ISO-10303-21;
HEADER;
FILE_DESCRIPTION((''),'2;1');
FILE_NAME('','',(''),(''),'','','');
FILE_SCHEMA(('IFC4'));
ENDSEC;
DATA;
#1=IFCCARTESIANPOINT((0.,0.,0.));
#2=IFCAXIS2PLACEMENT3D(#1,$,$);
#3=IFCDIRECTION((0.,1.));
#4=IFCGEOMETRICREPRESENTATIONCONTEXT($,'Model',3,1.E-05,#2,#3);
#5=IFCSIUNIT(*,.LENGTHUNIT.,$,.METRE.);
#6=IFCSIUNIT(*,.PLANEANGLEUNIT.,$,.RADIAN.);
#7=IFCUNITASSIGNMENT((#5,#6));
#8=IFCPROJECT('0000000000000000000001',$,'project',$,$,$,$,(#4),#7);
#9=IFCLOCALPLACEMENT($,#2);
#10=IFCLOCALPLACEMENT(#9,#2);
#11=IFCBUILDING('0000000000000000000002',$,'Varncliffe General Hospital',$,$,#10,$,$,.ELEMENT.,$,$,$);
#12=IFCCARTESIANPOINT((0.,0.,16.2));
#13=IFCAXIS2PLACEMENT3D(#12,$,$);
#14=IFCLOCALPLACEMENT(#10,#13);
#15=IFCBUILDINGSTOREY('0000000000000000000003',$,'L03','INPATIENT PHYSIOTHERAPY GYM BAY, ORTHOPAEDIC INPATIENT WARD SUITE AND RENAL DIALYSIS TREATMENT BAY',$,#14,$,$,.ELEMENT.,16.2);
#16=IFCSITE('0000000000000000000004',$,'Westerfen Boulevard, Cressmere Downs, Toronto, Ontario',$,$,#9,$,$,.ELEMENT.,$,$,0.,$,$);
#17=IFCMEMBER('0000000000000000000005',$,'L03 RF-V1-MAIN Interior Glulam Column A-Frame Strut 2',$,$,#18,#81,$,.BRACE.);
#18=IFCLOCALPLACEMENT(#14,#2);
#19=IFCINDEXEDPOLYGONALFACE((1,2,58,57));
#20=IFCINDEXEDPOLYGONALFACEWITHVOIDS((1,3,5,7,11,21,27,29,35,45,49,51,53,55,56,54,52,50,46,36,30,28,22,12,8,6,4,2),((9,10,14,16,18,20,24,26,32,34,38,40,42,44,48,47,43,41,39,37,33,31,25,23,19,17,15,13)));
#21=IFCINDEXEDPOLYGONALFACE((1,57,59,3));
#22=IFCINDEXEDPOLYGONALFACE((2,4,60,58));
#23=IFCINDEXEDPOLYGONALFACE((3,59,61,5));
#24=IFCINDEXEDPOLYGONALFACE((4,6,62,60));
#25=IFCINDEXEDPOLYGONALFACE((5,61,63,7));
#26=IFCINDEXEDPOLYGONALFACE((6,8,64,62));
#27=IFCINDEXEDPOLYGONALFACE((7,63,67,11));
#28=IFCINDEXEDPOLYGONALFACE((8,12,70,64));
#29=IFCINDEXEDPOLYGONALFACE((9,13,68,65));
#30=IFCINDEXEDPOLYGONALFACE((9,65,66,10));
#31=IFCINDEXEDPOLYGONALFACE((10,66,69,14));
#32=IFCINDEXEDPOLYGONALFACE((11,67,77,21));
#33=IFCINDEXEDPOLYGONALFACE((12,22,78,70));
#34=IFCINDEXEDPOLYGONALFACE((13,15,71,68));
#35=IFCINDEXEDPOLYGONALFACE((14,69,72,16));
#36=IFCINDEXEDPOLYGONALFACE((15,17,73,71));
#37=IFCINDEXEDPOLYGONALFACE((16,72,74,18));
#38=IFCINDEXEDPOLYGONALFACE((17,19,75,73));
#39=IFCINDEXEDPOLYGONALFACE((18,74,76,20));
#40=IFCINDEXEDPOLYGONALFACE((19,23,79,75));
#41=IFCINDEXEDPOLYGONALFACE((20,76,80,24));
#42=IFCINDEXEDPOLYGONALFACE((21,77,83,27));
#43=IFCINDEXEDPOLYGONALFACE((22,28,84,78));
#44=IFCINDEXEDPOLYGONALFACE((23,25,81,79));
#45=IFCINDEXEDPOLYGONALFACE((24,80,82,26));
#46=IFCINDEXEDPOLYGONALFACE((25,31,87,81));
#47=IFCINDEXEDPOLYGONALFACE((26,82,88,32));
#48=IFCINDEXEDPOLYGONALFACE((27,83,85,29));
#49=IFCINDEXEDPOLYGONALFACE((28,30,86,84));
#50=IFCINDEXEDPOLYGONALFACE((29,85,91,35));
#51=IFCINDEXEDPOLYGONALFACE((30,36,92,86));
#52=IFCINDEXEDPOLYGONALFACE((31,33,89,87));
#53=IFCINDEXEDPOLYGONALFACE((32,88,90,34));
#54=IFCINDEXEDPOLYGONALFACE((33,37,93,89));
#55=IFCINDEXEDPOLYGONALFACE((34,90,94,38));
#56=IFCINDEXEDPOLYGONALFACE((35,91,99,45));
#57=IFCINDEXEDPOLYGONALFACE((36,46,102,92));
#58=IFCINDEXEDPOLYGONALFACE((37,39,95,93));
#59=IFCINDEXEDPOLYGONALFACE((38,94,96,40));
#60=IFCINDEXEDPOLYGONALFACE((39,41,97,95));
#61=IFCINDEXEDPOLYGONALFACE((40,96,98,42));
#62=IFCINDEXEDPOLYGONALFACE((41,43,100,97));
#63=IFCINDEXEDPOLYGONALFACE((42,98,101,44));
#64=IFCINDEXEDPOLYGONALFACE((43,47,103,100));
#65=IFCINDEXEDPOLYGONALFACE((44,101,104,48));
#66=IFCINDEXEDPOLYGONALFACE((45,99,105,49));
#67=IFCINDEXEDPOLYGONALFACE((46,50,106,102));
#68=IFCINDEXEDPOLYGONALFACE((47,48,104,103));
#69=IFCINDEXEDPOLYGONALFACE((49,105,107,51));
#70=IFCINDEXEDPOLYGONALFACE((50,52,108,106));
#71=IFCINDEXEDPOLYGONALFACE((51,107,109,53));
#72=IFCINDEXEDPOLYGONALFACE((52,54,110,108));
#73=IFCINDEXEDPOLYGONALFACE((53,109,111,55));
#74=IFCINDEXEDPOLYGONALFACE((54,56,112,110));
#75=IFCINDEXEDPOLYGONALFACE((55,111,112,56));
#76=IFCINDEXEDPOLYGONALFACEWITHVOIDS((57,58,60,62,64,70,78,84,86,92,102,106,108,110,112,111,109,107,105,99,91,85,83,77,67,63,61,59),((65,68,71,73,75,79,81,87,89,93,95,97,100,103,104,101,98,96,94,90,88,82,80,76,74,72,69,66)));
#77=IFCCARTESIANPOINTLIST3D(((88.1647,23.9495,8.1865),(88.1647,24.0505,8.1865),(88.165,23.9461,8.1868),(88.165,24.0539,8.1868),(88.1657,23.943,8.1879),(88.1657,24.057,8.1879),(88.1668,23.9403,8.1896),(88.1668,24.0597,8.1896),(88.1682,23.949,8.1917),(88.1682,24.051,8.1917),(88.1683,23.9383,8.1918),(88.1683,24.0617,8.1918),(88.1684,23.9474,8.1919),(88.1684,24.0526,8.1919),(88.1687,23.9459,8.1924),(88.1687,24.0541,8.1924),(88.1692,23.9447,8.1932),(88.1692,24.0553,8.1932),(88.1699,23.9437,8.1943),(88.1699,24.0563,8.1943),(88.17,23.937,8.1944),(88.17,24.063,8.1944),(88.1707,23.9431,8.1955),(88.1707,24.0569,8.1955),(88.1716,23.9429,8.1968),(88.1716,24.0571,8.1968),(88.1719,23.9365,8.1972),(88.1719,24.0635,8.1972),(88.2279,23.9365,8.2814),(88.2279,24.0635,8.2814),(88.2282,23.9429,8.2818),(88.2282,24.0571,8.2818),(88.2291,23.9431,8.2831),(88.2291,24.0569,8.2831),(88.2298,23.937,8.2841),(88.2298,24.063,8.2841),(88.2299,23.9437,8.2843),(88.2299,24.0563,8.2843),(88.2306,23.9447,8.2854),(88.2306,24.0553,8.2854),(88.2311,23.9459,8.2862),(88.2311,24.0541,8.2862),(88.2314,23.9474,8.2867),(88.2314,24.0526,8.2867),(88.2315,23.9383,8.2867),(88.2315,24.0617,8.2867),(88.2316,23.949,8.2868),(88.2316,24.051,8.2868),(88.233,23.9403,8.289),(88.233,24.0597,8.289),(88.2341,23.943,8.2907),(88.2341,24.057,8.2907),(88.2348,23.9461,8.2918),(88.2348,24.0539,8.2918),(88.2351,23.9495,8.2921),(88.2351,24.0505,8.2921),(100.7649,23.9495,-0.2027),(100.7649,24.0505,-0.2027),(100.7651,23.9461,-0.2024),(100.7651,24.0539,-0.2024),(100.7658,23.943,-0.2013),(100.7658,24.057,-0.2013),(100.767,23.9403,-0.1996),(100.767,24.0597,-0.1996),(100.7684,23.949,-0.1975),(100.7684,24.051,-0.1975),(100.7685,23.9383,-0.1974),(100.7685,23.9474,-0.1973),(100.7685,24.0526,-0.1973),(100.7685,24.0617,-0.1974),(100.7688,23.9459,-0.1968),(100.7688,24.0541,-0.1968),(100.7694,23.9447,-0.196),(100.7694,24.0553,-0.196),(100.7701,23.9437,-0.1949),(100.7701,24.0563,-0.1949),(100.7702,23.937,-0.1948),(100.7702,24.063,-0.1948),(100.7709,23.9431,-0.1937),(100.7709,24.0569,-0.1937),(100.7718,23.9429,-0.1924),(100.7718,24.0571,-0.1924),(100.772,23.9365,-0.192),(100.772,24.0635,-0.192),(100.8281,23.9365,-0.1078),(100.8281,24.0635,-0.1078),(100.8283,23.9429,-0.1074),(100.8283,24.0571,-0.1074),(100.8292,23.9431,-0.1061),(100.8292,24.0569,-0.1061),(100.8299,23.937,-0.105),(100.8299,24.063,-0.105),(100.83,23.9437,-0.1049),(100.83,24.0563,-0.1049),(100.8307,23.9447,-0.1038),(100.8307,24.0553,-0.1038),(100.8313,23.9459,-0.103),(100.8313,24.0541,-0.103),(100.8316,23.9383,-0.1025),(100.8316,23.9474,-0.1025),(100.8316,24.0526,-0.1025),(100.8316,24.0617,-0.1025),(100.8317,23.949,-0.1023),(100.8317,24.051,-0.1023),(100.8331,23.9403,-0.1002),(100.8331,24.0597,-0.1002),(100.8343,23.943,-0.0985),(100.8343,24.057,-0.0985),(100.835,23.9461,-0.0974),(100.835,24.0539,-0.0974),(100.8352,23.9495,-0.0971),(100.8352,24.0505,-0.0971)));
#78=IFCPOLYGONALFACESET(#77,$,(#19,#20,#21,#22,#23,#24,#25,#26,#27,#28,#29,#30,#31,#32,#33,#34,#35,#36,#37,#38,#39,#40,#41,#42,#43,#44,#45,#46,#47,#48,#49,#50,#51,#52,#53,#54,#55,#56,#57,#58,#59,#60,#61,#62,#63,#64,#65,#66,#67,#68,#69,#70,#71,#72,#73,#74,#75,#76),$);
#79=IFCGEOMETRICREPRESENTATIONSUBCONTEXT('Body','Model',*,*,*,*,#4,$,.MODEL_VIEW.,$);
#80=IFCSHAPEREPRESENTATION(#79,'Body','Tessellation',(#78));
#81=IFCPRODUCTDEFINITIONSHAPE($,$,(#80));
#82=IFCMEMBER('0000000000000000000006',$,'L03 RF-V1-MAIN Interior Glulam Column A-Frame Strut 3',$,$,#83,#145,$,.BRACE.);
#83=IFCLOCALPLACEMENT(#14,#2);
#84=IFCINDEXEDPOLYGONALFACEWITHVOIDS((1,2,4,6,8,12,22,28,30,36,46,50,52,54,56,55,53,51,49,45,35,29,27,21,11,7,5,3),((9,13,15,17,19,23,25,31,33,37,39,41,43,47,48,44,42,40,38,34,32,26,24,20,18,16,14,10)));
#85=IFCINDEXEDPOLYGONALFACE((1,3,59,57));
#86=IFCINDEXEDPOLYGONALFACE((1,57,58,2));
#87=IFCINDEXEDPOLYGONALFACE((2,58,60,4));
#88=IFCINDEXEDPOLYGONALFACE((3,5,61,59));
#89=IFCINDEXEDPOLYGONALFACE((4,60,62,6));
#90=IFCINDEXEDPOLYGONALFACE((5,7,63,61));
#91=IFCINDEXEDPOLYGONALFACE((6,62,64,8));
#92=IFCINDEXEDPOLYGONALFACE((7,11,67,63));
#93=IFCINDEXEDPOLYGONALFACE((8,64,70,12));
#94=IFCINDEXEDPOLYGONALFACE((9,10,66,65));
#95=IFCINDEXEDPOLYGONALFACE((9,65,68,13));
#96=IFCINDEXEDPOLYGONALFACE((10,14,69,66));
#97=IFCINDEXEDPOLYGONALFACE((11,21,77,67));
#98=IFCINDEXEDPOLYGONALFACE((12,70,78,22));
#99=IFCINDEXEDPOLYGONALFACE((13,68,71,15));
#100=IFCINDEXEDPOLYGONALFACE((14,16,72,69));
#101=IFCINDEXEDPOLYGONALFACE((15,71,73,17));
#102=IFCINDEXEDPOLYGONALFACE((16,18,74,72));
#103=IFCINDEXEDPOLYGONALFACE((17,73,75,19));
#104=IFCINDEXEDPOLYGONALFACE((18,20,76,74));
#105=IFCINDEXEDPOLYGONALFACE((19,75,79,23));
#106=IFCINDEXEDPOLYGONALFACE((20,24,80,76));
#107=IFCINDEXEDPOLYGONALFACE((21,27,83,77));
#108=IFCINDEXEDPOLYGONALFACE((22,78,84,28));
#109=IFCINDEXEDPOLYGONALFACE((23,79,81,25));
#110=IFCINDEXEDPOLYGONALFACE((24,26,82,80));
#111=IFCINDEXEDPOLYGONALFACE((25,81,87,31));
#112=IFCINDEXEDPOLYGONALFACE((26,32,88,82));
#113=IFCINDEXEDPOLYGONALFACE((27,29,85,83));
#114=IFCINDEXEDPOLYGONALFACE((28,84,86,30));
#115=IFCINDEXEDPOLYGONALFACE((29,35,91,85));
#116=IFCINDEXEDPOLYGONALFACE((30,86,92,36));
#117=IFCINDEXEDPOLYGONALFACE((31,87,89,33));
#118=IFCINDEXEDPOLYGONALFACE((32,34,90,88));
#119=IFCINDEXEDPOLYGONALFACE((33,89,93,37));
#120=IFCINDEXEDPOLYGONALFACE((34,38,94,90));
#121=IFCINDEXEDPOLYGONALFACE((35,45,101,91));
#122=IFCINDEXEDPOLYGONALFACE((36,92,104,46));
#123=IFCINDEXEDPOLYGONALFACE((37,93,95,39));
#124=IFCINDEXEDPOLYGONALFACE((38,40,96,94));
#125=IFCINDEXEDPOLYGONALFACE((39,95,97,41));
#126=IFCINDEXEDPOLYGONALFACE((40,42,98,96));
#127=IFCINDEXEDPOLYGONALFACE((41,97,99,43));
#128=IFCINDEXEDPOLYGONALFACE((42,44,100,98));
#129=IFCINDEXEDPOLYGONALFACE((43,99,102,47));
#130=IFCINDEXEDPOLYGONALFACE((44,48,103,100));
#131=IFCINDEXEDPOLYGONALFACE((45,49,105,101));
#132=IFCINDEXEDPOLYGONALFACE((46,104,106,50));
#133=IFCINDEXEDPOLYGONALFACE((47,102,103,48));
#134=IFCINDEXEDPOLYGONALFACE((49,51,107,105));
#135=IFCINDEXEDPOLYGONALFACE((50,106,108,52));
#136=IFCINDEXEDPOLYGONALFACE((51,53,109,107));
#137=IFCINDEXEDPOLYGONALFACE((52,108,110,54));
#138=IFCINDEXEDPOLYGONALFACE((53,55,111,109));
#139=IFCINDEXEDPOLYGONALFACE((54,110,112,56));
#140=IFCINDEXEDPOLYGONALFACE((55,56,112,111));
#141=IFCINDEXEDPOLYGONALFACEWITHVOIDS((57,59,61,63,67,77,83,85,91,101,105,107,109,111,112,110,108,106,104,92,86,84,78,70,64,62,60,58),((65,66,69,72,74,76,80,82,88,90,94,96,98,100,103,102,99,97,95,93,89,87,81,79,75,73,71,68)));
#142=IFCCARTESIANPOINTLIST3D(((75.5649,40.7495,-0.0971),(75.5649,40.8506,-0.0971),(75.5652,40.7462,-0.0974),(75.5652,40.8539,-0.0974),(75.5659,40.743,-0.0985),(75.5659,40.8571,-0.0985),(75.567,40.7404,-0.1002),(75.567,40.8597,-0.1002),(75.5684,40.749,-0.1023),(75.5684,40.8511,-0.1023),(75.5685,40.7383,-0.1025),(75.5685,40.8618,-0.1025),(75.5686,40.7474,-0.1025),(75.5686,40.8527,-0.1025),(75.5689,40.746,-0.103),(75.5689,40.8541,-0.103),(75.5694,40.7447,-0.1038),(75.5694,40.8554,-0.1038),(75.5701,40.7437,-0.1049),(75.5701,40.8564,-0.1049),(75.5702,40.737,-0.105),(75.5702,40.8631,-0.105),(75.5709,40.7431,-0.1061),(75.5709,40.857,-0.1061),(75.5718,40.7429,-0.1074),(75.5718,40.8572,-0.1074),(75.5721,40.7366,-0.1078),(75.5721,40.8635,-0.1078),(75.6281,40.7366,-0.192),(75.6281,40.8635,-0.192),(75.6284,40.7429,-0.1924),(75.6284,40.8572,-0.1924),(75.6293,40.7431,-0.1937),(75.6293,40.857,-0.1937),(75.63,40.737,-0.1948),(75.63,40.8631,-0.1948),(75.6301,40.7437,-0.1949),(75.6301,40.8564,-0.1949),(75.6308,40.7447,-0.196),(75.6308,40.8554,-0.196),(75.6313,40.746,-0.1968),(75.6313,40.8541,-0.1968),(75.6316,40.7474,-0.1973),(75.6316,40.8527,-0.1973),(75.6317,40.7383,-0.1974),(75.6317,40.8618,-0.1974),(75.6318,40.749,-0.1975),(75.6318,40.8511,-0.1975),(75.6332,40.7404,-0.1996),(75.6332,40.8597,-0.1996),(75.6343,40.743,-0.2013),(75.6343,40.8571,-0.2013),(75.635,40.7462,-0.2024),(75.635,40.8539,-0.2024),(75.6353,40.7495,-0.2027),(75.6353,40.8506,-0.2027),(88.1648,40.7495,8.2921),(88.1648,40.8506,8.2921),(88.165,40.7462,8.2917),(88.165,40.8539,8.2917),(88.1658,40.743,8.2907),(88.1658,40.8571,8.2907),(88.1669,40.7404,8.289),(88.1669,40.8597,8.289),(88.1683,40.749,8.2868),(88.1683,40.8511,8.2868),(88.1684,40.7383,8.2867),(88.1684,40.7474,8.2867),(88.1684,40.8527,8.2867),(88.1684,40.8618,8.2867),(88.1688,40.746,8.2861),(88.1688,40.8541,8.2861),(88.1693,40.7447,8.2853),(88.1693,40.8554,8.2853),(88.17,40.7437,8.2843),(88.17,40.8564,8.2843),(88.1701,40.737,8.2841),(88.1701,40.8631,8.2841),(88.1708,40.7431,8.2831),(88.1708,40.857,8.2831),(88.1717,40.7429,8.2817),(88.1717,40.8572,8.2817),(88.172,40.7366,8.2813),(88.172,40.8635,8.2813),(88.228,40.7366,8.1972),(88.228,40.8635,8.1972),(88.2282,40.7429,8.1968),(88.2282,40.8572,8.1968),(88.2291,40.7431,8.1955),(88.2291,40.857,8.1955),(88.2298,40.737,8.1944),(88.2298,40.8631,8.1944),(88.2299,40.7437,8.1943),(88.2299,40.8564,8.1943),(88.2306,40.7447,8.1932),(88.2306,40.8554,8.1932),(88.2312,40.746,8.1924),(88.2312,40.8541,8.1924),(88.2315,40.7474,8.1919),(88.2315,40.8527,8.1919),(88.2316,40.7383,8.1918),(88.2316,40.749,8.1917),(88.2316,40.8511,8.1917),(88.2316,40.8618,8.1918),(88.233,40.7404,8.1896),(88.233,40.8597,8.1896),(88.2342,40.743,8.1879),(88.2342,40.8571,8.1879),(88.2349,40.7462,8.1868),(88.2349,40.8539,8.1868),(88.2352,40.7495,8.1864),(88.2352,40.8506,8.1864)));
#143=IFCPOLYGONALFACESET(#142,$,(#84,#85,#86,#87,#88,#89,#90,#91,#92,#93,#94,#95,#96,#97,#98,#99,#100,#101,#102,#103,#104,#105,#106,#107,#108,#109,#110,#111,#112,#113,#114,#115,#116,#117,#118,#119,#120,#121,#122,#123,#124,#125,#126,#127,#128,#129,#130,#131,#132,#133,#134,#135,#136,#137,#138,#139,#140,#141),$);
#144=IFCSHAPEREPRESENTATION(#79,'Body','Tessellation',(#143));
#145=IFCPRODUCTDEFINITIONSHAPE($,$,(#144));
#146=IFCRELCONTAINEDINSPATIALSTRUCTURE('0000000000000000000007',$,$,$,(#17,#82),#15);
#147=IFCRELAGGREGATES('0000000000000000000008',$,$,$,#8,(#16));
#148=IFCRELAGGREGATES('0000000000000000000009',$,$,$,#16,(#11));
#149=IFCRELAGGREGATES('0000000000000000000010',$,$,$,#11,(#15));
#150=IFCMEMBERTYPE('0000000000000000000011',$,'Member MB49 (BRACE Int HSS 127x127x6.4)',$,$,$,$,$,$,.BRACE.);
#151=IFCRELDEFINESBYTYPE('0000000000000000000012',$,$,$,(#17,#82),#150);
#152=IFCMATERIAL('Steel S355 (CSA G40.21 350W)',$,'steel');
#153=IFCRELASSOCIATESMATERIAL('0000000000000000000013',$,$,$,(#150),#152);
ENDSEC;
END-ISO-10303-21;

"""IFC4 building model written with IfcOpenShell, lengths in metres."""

from ifc_helpers import new_model, si_unit, direction, frame, origin, origin_2d, place, context, subcontext, project, spatial, hollow_rectangle, extrude, material, material_profile, profile_set, type_object, element, save


model = new_model("IFC4")

# Units and contexts
model_context = context("Model", 3, precision=1e-05, world=origin(), true_north=direction((0.0, 1.0)))
body_context = subcontext(model_context, "Body", "Model", "MODEL_VIEW")
ifc_project = project(units=[si_unit("LENGTHUNIT", "METRE"), si_unit("PLANEANGLEUNIT", "RADIAN")], contexts=[model_context])

# Site, building, storey
site_placement = place(None, origin())
site = spatial("IfcSite", under=ifc_project, at=site_placement, Name="Westerfen Boulevard, Cressmere Downs, Toronto, Ontario", CompositionType="ELEMENT", RefElevation=0.0)
building_placement = place(site_placement, origin())
building = spatial("IfcBuilding", under=site, at=building_placement, Name="Varncliffe General Hospital", CompositionType="ELEMENT")
storey_placement = place(building_placement, frame((0.0, 0.0, 16.2)))
storey = spatial("IfcBuildingStorey", under=building, at=storey_placement, Name="L03", Description="INPATIENT PHYSIOTHERAPY GYM BAY, ORTHOPAEDIC INPATIENT WARD SUITE AND RENAL DIALYSIS TREATMENT BAY", CompositionType="ELEMENT", Elevation=16.2)

# Members
ifc_material_1 = material(Name="Steel S355 (CSA G40.21 350W)", Category="steel")
ifc_material_profile_1 = material_profile(ifc_material_1, hollow_rectangle(XDim=0.127, YDim=0.127, WallThickness=0.0063, InnerFilletRadius=0.0061, OuterFilletRadius=0.0129, at=origin_2d()), Name="HSS 127x127x6.4")
ifc_profile_set_1 = profile_set([ifc_material_profile_1], Name="Steel S355 (CSA G40.21 350W)")
member_type_1 = type_object("IfcMemberType", Name="Member MB49 (BRACE Int HSS 127x127x6.4)", PredefinedType="BRACE", material=ifc_profile_set_1)
member_1_placement = place(storey_placement, frame((100.8, 24.0, -0.1499), z_axis=(-0.832383, 0.0, 0.554201), x_axis=(0.0, -1.0, 0.0)))
element("IfcMember", 1, at=member_1_placement, inside=storey, type_object=member_type_1, Name="L03 RF-V1-MAIN Interior Glulam Column A-Frame Strut 2", PredefinedType="BRACE", context=body_context, shape_type="SweptSolid", body=[
    extrude(hollow_rectangle(XDim=0.127, YDim=0.127, WallThickness=0.0063, InnerFilletRadius=0.0061, OuterFilletRadius=0.0129, at=origin_2d()), origin(), (0.0, 0.0, 1.0), 15.1375),
])
member_2_placement = place(storey_placement, frame((75.6001, 40.8, -0.1499), z_axis=(0.832378, 0.0, 0.554209), x_axis=(0.0, 1.0, 0.0)))
element("IfcMember", 2, at=member_2_placement, inside=storey, type_object=member_type_1, Name="L03 RF-V1-MAIN Interior Glulam Column A-Frame Strut 3", PredefinedType="BRACE", context=body_context, shape_type="SweptSolid", body=[
    extrude(hollow_rectangle(XDim=0.127, YDim=0.127, WallThickness=0.0063, InnerFilletRadius=0.0061, OuterFilletRadius=0.0129, at=origin_2d()), origin(), (0.0, 0.0, 1.0), 15.1372),
])

save(model, "model.ifc")
